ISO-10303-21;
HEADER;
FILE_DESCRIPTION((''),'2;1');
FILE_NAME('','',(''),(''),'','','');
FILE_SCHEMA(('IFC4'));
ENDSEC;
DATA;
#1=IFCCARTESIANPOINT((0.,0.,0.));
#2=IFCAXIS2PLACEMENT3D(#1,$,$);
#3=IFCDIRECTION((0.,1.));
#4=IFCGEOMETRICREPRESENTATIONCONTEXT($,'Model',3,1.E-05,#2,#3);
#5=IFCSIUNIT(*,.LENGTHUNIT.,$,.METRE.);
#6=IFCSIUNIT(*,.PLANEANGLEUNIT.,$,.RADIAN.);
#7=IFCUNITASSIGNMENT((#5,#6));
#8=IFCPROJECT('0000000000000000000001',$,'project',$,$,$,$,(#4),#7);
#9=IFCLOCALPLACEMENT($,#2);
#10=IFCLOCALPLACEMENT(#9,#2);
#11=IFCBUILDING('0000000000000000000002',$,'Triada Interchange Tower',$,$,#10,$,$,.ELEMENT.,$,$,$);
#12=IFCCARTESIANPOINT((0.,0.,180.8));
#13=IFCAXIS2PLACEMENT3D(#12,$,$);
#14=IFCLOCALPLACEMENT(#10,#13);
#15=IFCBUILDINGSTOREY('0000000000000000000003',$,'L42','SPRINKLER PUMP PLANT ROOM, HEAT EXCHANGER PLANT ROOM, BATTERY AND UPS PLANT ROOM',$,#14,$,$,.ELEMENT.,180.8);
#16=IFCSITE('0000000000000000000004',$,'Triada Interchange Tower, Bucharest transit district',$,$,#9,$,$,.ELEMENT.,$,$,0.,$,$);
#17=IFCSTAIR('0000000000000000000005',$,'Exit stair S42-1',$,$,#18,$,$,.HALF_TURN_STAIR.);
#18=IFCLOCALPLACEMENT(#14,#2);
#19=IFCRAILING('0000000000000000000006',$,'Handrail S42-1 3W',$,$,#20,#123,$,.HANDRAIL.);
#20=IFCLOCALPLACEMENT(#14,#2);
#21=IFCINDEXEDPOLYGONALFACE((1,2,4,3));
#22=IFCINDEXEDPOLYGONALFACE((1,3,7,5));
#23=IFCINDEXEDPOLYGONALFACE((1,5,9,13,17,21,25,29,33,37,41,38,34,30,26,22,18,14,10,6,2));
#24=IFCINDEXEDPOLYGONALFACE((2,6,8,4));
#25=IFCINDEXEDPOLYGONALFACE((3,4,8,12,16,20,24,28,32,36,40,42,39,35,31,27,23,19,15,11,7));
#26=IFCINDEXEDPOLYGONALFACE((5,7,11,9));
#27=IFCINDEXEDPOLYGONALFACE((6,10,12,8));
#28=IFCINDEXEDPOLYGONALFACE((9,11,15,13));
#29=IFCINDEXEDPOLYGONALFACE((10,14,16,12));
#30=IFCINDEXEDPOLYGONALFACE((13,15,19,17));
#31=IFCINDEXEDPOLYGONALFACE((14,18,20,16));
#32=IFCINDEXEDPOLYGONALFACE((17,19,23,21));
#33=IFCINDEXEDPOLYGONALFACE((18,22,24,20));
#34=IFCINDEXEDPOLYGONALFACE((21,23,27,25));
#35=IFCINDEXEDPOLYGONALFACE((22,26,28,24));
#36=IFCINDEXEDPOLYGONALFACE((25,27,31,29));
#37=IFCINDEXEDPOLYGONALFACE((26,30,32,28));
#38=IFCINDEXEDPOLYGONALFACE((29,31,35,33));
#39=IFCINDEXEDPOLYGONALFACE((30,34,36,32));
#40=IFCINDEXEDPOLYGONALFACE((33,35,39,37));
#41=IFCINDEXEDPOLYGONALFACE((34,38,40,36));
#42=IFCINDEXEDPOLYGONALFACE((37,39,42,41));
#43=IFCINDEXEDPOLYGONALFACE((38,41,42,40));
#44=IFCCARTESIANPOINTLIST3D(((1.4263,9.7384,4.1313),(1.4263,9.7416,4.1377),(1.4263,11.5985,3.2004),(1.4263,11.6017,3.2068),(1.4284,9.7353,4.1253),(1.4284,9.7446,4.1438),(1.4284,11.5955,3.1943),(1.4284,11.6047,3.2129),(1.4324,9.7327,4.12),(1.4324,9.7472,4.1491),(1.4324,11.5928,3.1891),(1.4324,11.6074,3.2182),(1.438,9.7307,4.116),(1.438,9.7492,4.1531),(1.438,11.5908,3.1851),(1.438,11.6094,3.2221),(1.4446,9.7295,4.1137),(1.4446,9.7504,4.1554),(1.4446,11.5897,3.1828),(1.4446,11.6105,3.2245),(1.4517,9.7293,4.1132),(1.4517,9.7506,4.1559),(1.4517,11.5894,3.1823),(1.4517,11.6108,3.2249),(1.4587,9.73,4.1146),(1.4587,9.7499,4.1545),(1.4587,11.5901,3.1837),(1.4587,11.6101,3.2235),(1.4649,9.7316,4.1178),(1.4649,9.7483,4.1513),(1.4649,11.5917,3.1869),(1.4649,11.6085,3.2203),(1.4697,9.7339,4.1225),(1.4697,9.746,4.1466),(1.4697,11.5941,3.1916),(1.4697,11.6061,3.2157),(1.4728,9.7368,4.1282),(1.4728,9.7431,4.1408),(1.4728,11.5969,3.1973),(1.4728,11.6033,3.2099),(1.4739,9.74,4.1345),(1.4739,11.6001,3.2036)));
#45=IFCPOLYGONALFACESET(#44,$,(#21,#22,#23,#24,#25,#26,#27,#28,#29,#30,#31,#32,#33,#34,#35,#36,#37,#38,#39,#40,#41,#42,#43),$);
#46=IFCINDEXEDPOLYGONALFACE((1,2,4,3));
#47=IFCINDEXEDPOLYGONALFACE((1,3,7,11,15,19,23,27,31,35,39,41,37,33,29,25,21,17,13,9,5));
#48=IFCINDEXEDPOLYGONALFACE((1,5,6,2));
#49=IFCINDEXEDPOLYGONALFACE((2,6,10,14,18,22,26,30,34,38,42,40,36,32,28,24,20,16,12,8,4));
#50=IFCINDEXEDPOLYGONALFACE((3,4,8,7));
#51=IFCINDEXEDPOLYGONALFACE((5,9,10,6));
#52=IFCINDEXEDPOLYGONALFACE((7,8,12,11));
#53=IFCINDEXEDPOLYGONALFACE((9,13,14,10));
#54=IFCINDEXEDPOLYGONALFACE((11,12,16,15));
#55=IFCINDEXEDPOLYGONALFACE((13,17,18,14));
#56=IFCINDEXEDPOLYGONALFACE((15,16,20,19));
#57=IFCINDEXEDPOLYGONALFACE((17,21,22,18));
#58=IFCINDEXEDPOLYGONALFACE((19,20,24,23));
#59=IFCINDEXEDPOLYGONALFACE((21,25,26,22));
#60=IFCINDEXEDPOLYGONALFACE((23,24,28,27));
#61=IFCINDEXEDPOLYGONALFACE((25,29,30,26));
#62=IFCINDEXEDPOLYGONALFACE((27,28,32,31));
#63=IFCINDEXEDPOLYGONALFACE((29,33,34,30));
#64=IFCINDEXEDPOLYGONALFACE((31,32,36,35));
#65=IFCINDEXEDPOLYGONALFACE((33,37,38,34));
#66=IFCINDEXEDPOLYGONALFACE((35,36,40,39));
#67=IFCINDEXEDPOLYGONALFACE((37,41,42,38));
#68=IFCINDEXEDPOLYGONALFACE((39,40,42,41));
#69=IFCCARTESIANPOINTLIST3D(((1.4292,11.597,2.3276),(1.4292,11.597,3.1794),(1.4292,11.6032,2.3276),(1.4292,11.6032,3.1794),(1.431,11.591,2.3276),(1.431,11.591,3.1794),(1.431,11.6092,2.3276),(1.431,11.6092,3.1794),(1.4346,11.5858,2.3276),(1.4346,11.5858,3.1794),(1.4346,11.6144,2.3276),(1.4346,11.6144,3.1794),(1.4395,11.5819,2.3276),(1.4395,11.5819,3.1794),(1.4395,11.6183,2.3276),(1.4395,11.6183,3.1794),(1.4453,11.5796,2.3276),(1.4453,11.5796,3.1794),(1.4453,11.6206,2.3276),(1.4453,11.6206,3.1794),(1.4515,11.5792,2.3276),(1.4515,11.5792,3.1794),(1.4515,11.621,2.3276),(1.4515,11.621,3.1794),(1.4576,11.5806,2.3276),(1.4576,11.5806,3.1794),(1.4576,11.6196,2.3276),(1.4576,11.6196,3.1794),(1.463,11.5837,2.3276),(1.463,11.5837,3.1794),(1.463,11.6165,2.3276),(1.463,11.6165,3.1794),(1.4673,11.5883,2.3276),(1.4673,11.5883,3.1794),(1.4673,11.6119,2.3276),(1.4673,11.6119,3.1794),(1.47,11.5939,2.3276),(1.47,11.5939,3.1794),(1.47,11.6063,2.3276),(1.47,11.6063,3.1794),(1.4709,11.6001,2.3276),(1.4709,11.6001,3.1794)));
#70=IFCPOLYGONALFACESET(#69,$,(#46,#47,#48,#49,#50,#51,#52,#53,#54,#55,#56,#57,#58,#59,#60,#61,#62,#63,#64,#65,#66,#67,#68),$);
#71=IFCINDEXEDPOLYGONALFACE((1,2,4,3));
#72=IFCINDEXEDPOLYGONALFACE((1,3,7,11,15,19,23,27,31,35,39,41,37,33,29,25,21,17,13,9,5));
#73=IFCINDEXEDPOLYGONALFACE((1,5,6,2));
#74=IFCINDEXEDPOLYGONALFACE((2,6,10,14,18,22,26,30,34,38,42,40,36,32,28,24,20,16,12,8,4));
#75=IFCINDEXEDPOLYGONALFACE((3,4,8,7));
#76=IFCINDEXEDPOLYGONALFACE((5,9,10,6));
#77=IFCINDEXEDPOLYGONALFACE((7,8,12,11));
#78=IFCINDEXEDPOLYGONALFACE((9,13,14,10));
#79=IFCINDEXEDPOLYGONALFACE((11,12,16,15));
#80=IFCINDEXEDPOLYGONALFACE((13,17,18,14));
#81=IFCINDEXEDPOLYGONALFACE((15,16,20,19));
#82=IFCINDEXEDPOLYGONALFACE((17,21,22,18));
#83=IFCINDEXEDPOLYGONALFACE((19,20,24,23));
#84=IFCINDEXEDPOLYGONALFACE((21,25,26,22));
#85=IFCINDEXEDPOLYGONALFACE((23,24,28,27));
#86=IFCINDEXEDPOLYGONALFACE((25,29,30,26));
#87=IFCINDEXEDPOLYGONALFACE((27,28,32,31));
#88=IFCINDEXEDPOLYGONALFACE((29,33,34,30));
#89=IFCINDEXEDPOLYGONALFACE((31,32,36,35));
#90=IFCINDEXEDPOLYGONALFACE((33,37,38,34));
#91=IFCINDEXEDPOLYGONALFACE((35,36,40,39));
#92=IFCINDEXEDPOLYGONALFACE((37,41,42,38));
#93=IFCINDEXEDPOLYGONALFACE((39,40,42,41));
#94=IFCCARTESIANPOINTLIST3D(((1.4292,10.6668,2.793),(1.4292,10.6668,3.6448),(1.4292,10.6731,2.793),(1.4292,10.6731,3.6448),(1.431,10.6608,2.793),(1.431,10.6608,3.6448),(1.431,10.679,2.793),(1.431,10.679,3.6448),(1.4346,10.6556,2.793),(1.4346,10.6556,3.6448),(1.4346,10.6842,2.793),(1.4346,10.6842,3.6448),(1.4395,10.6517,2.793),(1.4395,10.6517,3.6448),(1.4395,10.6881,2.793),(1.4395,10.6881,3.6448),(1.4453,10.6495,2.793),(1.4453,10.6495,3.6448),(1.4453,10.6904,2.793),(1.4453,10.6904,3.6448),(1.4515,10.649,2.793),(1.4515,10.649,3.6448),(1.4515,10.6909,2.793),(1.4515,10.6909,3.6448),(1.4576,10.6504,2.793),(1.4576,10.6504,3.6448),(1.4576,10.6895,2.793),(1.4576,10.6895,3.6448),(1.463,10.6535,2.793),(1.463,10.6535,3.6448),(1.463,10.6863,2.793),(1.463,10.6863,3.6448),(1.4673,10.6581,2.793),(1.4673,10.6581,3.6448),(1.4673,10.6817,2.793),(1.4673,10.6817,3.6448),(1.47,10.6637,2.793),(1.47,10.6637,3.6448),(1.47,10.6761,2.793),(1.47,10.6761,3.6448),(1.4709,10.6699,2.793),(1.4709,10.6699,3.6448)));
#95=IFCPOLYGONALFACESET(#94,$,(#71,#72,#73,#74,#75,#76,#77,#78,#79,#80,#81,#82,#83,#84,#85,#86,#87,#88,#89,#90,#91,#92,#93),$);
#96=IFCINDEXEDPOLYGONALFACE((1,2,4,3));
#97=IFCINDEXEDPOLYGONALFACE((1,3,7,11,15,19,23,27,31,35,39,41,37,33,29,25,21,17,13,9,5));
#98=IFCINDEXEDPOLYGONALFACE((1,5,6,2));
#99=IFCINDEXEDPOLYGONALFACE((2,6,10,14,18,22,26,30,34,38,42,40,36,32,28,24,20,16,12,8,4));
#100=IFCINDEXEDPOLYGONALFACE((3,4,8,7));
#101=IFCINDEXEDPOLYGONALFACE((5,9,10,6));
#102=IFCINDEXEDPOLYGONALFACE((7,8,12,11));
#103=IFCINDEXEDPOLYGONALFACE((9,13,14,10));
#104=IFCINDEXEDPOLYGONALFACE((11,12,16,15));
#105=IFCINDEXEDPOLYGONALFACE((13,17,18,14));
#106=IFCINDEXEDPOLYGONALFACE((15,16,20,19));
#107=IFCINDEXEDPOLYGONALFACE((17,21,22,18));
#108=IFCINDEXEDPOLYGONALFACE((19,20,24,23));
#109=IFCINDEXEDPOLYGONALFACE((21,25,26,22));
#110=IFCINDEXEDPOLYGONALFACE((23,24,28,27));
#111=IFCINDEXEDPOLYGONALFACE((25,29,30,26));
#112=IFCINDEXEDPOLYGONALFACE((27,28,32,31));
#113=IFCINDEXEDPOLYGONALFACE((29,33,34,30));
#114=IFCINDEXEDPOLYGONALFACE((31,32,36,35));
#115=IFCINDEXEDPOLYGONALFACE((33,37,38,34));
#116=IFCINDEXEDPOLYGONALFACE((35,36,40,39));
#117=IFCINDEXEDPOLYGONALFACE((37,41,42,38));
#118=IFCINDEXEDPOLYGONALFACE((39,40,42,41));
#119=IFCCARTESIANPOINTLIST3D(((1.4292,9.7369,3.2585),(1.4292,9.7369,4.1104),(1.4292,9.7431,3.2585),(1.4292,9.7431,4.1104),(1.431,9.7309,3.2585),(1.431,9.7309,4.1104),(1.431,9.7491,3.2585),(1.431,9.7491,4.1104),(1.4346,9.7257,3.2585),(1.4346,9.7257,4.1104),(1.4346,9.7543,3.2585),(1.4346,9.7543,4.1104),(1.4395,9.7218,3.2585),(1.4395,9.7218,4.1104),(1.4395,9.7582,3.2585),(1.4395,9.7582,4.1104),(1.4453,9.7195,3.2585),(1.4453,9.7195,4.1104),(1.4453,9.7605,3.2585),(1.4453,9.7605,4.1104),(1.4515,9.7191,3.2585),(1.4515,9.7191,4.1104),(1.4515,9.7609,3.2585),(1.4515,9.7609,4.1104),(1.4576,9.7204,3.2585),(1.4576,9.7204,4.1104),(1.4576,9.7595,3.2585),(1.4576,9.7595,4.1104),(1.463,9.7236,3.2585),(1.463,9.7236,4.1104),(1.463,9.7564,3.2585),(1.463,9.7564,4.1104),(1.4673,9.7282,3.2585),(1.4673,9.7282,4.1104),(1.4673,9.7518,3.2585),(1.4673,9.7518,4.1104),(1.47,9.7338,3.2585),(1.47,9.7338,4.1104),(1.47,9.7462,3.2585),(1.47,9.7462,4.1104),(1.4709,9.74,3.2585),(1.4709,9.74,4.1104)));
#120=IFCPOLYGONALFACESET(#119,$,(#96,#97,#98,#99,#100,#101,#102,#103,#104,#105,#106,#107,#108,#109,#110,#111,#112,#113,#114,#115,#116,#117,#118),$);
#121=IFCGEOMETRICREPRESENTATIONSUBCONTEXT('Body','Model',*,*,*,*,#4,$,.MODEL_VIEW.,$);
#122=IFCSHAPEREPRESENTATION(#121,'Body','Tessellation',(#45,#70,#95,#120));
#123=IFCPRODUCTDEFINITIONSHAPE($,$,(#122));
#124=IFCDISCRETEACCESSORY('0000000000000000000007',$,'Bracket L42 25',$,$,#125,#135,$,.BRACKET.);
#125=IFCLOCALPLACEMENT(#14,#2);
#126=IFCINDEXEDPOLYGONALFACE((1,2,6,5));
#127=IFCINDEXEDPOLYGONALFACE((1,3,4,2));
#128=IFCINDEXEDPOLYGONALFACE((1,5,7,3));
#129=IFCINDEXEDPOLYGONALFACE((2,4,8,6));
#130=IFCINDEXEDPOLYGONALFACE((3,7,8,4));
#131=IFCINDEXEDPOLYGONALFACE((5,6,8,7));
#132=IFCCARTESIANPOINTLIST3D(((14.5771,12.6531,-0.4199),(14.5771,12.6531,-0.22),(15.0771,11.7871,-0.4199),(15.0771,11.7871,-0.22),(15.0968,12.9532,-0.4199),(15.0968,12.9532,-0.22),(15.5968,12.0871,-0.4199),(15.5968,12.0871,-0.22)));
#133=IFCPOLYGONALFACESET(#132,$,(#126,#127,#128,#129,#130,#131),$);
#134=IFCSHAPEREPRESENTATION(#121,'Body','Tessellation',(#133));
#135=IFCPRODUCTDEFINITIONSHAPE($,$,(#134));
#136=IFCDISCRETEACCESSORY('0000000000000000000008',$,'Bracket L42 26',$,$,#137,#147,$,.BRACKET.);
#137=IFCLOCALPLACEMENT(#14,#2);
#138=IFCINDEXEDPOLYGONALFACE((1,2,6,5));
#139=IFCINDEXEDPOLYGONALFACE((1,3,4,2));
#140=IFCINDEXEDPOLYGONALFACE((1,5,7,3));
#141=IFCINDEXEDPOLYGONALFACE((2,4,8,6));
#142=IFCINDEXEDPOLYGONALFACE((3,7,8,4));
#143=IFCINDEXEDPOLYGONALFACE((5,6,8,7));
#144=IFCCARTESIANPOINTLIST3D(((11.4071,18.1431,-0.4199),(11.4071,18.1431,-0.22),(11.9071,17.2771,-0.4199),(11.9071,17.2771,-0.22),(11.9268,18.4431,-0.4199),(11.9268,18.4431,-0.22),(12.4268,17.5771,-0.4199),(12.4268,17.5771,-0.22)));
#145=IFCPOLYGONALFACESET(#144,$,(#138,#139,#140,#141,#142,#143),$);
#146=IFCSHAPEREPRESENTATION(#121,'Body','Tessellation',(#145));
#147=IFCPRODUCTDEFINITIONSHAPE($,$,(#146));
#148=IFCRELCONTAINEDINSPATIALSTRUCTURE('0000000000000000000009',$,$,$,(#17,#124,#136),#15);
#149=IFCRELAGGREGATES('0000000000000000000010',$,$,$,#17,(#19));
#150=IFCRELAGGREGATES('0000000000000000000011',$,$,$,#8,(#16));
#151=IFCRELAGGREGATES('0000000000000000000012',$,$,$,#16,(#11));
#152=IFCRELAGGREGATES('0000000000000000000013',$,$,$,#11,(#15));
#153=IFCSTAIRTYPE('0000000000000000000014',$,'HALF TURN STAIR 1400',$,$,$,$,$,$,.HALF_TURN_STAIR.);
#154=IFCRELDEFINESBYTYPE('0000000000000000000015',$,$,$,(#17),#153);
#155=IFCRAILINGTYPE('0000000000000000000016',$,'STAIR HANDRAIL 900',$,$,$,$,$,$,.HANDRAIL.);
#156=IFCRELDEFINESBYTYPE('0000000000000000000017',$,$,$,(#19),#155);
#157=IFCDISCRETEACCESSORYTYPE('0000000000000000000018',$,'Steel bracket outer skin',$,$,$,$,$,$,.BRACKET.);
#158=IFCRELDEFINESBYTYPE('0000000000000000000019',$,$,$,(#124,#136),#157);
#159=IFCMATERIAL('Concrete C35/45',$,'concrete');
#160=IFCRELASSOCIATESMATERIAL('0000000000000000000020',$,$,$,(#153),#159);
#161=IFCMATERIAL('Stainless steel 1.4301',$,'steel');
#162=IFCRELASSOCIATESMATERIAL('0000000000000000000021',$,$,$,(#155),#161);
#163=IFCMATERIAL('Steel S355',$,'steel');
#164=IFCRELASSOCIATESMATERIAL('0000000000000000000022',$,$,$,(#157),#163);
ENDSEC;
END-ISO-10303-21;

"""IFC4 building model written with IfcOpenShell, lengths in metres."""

from ifc_helpers import new_model, si_unit, direction, frame, origin, origin_2d, place, context, subcontext, project, spatial, rectangle, circle, extrude, material, type_object, element, aggregate, save


model = new_model("IFC4")

# Units and contexts
model_context = context("Model", 3, precision=1e-05, world=origin(), true_north=direction((0.0, 1.0)))
body_context = subcontext(model_context, "Body", "Model", "MODEL_VIEW")
ifc_project = project(units=[si_unit("LENGTHUNIT", "METRE"), si_unit("PLANEANGLEUNIT", "RADIAN")], contexts=[model_context])

# Site, building, storey
site_placement = place(None, origin())
site = spatial("IfcSite", under=ifc_project, at=site_placement, Name="Triada Interchange Tower, Bucharest transit district", CompositionType="ELEMENT", RefElevation=0.0)
building_placement = place(site_placement, origin())
building = spatial("IfcBuilding", under=site, at=building_placement, Name="Triada Interchange Tower", CompositionType="ELEMENT")
storey_placement = place(building_placement, frame((0.0, 0.0, 180.8)))
storey = spatial("IfcBuildingStorey", under=building, at=storey_placement, Name="L42", Description="SPRINKLER PUMP PLANT ROOM, HEAT EXCHANGER PLANT ROOM, BATTERY AND UPS PLANT ROOM", CompositionType="ELEMENT", Elevation=180.8)

# Shared definitions
ifc_material_1 = material(Name="Steel S355", Category="steel")

# Shared definitions
ifc_material_2 = material(Name="Concrete C35/45", Category="concrete")

# Stair
stair_type = type_object("IfcStairType", Name="HALF TURN STAIR 1400", PredefinedType="HALF_TURN_STAIR", material=ifc_material_2)
stair_placement = place(storey_placement, origin())
stair = element("IfcStair", 1, at=stair_placement, inside=storey, type_object=stair_type, Name="Exit stair S42-1", PredefinedType="HALF_TURN_STAIR")

# Railing
ifc_material_3 = material(Name="Stainless steel 1.4301", Category="steel")
railing_type_1 = type_object("IfcRailingType", Name="STAIR HANDRAIL 900", PredefinedType="HANDRAIL", material=ifc_material_3)
railing_1_placement = place(storey_placement, frame((1.45, 11.6001, 2.3276)))
railing_1 = element("IfcRailing", 2, at=railing_1_placement, type_object=railing_type_1, Name="Handrail S42-1 3W", PredefinedType="HANDRAIL", context=body_context, shape_type="SweptSolid", body=[
    extrude(circle(Radius=0.0239, at=origin_2d()), frame((0.0, 0.0, 0.876), z_axis=(0.0, -0.894263, 0.447542), x_axis=(1.0, 0.0, 0.0)), (0.0, 0.0, 1.0), 2.0801),
    extrude(circle(Radius=0.021, at=origin_2d()), origin(), (0.0, 0.0, 1.0), 0.8518),
    extrude(circle(Radius=0.021, at=origin_2d()), frame((0.0, -0.9302, 0.4653)), (0.0, 0.0, 1.0), 0.8518),
    extrude(circle(Radius=0.021, at=origin_2d()), frame((0.0, -1.8601, 0.9309)), (0.0, 0.0, 1.0), 0.8518),
])
aggregate(stair, [railing_1])

# Discrete accessories
discrete_accessory_type = type_object("IfcDiscreteAccessoryType", Name="Steel bracket outer skin", PredefinedType="BRACKET", material=ifc_material_1)
for number, where, z_axis, x_axis, name in (
    (3, (15.0869, 12.3701, -0.4199), (0.0, 0.0, 1.0), (0.866021, 0.500007, 0.0), "Bracket L42 25"),
    (4, (11.917, 17.8601, -0.4199), (0.0, 0.0, 1.0), (0.866021, 0.500007, 0.0), "Bracket L42 26"),
):
    element("IfcDiscreteAccessory", number, at=place(storey_placement, frame(where, z_axis=z_axis, x_axis=x_axis)), inside=storey, type_object=discrete_accessory_type, Name=name, PredefinedType="BRACKET", context=body_context, shape_type="SweptSolid", body=[
        extrude(rectangle(XDim=0.6001, YDim=1.0, at=origin_2d()), origin(), (0.0, 0.0, 1.0), 0.2),
    ])

save(model, "model.ifc")
